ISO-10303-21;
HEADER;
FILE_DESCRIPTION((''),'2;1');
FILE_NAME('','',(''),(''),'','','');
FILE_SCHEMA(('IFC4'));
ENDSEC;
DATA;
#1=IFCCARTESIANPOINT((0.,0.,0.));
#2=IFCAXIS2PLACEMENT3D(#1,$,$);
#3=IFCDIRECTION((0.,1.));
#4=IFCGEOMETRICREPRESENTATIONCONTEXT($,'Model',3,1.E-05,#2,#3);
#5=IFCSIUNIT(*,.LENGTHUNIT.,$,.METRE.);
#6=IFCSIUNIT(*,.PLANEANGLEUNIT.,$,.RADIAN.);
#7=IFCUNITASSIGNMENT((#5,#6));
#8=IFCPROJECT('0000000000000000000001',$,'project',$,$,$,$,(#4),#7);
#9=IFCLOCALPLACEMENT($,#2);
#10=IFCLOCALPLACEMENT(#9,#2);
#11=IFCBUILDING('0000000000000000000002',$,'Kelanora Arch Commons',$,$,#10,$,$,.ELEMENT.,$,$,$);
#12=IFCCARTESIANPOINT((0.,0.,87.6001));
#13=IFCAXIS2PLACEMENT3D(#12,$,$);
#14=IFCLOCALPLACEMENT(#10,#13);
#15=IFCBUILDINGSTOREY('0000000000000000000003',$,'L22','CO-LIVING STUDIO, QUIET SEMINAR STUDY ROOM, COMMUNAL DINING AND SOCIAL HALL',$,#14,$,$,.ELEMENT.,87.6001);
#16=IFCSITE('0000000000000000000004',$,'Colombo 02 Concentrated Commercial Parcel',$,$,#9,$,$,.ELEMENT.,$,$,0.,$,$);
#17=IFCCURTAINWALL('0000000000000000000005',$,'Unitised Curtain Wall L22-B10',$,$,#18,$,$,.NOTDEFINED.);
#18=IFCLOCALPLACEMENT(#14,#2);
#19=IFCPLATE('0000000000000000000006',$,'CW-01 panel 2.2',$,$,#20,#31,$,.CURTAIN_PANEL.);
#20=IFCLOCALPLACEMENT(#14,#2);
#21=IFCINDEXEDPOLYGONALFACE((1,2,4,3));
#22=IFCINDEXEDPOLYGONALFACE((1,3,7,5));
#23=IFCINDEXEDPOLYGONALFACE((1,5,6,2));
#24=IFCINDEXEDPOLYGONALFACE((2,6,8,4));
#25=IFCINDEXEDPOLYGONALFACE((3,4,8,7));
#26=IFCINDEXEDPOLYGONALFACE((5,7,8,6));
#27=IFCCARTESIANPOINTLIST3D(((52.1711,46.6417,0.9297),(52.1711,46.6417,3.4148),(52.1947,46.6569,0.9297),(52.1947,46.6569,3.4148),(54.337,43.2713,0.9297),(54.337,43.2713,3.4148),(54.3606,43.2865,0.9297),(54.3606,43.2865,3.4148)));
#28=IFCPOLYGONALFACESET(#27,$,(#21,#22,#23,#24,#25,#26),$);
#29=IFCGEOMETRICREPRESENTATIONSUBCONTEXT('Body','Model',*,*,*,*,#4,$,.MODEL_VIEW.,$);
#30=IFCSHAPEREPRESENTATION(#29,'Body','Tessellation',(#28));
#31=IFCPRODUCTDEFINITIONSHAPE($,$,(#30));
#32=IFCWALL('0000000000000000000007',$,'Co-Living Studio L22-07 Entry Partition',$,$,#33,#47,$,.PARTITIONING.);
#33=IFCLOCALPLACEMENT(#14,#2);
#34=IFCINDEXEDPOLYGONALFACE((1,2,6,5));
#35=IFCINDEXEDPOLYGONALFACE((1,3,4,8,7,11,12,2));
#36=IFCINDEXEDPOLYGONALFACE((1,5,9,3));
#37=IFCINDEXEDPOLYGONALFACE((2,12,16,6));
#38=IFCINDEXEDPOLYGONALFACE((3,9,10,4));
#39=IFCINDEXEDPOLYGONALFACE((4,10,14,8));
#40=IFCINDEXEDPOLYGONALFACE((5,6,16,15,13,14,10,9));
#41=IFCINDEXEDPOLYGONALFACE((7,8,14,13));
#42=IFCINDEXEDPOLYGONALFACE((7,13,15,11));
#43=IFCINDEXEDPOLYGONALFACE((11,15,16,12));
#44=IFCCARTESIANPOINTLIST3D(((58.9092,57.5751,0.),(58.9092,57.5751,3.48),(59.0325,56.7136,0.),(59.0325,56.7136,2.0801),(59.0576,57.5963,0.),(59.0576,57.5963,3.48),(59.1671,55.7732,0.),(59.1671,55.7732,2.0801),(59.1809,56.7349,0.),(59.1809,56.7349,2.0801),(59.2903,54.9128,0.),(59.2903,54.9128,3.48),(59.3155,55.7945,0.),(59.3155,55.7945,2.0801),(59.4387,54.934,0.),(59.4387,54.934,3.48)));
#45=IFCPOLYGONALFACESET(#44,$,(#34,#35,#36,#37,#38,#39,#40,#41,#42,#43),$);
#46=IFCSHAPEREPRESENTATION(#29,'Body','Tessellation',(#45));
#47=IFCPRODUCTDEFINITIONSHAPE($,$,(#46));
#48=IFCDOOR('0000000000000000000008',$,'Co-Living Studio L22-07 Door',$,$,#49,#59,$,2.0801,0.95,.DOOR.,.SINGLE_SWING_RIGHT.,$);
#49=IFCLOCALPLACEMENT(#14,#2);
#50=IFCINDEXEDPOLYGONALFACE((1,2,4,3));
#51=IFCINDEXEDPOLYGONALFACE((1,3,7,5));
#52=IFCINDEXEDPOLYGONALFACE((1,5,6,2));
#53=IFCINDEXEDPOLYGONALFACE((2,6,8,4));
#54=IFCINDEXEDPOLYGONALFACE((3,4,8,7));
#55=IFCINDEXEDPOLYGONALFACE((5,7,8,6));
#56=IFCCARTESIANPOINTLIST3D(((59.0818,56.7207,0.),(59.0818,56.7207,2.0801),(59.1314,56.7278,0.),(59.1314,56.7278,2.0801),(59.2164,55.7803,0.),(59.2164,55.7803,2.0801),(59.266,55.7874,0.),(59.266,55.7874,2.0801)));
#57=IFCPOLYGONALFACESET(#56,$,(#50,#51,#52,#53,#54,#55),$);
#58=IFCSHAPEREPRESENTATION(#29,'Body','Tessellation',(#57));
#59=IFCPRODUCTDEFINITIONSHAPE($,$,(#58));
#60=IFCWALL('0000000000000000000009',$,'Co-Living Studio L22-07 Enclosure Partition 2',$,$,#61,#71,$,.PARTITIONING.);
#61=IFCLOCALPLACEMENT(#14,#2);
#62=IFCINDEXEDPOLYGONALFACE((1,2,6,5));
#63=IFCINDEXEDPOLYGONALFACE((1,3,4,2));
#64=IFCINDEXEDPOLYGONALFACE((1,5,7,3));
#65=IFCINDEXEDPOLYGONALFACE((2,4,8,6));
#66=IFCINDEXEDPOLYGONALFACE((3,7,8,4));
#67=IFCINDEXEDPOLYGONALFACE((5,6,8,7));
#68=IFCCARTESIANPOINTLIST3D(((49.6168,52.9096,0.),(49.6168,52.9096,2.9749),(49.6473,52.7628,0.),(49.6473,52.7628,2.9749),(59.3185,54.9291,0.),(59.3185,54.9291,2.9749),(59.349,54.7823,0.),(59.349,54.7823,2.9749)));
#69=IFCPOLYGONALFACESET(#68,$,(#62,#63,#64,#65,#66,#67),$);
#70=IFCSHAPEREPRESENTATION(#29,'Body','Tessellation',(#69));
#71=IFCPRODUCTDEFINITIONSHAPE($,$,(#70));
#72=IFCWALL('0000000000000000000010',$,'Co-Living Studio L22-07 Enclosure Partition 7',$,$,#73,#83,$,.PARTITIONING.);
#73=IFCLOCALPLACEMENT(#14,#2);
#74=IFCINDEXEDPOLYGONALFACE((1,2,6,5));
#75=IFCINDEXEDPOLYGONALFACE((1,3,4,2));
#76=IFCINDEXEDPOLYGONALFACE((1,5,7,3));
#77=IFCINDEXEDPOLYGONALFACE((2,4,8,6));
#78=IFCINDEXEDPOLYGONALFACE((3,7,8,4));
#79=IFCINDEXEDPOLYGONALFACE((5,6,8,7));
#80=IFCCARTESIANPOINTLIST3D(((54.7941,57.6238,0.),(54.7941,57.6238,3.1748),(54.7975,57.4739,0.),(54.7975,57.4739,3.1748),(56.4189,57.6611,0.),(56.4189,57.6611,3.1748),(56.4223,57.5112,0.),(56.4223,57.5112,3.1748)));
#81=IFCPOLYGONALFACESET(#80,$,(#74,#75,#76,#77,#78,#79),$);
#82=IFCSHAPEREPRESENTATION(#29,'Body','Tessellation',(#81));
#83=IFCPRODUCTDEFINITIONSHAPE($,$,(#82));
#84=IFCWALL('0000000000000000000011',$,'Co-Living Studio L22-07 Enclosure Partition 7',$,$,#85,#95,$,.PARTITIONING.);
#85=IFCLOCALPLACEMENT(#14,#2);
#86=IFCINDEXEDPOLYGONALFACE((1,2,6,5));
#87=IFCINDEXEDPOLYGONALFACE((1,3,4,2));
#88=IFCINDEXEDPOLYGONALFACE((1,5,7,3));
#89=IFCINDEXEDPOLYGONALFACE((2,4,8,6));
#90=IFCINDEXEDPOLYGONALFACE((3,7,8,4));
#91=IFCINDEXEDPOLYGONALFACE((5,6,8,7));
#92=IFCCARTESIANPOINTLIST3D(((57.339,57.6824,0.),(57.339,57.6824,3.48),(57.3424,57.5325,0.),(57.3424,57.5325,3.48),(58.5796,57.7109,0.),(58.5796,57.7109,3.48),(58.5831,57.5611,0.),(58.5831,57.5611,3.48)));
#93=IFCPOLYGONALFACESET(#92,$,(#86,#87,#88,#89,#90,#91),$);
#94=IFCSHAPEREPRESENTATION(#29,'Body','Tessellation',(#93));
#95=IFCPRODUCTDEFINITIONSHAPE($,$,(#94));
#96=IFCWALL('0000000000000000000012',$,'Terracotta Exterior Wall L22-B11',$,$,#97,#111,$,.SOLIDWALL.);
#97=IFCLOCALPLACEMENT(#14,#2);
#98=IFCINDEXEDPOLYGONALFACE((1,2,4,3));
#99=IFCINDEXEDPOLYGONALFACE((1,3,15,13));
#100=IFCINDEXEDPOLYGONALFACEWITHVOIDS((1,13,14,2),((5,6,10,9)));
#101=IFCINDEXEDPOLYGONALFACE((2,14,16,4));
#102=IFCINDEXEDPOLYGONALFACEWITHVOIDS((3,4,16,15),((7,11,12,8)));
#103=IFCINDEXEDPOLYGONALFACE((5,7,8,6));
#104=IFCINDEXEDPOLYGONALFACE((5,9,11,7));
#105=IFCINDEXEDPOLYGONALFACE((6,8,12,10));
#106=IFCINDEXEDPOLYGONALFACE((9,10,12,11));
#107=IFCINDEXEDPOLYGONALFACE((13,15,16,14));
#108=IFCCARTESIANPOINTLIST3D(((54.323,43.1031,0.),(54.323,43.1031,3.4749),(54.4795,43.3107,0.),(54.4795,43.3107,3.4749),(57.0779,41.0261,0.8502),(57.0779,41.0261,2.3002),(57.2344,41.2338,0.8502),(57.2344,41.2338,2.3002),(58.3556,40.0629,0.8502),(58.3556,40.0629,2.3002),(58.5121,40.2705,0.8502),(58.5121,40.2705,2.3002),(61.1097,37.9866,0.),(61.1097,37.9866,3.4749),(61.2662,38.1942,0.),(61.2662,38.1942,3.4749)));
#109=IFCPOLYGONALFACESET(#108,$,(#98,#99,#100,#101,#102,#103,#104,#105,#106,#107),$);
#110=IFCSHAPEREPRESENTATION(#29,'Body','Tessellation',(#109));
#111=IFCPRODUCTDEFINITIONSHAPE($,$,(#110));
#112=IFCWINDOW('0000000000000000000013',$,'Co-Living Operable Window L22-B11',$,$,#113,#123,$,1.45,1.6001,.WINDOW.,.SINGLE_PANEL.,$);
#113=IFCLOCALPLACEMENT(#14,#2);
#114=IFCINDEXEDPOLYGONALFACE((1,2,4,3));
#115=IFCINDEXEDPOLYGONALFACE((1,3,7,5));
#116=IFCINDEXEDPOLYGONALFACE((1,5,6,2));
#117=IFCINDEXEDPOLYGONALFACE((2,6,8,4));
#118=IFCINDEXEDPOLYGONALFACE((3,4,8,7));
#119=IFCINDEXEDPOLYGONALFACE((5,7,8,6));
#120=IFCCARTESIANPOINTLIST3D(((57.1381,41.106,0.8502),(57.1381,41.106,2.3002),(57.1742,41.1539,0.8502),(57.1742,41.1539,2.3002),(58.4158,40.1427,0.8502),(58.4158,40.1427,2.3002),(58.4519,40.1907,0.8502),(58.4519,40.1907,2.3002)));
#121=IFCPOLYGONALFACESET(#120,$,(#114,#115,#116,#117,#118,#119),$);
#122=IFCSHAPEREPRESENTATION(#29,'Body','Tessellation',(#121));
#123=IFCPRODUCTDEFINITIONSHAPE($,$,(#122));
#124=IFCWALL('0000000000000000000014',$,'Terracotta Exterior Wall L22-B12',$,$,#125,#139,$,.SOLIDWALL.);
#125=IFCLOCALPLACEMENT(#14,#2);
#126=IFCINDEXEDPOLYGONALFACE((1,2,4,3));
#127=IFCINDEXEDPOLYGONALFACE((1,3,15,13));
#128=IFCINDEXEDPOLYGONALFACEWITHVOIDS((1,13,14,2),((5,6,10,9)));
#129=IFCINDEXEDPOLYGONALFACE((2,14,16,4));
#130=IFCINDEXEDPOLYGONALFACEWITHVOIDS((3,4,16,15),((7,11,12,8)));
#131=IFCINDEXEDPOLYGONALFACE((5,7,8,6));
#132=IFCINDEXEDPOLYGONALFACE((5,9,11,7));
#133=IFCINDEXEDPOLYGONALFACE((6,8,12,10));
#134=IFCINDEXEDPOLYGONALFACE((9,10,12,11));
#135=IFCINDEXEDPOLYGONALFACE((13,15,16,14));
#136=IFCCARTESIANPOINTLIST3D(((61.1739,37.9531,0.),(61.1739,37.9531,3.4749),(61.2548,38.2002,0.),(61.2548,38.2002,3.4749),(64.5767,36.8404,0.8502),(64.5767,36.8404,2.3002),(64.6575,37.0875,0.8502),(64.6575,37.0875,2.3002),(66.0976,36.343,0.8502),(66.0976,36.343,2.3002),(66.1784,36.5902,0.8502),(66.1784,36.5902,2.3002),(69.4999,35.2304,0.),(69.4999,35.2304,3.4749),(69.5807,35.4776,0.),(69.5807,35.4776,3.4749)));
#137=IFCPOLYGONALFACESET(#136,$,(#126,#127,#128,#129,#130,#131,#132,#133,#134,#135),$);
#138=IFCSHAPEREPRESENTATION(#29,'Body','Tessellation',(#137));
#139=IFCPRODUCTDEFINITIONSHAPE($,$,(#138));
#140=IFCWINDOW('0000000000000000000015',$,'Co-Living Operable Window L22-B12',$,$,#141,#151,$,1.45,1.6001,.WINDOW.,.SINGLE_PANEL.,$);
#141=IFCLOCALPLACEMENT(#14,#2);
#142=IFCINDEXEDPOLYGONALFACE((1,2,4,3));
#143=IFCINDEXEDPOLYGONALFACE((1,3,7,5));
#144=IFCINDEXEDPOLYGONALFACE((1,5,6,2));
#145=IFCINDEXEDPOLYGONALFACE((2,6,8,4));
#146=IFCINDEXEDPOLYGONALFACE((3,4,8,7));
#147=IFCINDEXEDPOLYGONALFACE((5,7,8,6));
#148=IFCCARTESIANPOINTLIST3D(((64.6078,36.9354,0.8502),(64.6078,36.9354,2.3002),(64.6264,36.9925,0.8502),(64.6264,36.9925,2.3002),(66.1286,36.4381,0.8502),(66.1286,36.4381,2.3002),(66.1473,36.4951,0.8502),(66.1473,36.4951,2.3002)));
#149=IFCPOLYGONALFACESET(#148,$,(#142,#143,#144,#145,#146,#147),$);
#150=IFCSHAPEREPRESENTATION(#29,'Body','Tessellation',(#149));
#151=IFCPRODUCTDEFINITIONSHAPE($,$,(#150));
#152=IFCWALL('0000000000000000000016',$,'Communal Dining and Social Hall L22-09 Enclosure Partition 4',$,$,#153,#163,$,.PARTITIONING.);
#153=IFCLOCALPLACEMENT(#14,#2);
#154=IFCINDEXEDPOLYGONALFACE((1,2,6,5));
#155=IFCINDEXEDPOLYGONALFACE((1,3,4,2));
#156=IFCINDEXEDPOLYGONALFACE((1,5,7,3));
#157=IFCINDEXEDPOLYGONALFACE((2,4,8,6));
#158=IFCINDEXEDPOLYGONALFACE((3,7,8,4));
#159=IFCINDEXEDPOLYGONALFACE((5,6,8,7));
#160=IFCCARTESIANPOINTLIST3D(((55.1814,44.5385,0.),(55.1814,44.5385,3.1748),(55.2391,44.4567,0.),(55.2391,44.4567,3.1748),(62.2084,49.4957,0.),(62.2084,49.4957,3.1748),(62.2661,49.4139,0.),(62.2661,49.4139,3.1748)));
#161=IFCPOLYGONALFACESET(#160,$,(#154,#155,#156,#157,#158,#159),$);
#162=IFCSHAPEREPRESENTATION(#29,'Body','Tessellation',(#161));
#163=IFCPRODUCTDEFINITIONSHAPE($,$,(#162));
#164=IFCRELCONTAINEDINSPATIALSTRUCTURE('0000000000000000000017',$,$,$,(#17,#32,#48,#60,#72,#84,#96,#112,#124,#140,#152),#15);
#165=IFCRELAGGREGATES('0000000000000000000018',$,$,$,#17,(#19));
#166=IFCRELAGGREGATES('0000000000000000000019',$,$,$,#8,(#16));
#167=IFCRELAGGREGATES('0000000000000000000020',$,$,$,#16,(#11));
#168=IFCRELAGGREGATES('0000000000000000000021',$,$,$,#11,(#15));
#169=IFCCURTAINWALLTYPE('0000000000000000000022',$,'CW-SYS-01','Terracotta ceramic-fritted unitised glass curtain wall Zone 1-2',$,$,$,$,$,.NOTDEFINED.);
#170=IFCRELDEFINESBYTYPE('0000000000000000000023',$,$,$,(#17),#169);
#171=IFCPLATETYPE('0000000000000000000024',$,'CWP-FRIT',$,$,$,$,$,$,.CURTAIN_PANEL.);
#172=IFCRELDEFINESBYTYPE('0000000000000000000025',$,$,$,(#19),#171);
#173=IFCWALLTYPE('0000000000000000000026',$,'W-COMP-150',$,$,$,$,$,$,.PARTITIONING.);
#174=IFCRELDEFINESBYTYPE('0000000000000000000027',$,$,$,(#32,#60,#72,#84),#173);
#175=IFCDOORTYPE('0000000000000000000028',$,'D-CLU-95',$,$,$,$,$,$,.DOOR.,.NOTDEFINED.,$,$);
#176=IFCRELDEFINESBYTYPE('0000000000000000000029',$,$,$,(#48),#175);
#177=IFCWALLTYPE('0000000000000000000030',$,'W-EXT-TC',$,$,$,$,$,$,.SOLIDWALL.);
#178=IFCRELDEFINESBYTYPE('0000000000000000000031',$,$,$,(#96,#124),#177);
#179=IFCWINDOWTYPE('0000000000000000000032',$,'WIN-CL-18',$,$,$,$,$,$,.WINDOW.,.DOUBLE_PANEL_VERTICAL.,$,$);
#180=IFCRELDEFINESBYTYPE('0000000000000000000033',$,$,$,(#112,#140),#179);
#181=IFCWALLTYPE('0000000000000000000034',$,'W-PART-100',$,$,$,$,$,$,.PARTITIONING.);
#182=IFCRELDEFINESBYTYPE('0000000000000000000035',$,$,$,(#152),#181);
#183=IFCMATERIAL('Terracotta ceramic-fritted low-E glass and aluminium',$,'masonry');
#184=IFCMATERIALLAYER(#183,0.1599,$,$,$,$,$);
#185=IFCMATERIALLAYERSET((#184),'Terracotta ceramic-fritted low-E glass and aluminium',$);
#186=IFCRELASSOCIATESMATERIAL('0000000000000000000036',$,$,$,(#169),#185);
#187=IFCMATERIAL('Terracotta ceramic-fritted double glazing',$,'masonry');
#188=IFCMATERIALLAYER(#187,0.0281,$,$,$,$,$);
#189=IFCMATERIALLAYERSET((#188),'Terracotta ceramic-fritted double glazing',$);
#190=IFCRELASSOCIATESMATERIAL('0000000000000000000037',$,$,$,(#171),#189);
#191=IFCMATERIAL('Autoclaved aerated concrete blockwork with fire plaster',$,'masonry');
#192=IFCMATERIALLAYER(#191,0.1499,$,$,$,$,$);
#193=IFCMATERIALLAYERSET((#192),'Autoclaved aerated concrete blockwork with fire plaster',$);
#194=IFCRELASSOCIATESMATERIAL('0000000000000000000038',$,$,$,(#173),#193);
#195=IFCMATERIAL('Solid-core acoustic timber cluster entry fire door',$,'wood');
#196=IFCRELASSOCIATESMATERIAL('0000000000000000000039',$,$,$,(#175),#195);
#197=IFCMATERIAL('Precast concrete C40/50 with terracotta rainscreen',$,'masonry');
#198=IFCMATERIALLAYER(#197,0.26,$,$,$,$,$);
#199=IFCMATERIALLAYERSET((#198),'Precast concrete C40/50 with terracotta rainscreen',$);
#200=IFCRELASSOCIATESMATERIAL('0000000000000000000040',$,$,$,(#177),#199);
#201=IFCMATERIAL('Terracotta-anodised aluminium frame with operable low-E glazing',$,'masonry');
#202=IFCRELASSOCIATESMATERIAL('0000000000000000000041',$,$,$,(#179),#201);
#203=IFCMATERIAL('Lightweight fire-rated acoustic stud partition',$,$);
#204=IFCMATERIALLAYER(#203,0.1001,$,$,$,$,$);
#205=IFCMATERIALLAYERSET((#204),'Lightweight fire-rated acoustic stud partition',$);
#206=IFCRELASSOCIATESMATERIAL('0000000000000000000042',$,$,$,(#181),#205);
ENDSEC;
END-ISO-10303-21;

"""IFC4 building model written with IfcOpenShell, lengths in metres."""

from ifc_helpers import new_model, si_unit, direction, frame, frame_2d, origin, origin_2d, place, context, subcontext, project, spatial, rectangle, extrude, source, transform, mapped, material, layer, layer_set, type_object, element, fill, aggregate, save


model = new_model("IFC4")

# Units and contexts
model_context = context("Model", 3, precision=1e-05, world=origin(), true_north=direction((0.0, 1.0)))
body_context = subcontext(model_context, "Body", "Model", "MODEL_VIEW")
ifc_project = project(units=[si_unit("LENGTHUNIT", "METRE"), si_unit("PLANEANGLEUNIT", "RADIAN")], contexts=[model_context])

# Site, building, storey
site_placement = place(None, origin())
site = spatial("IfcSite", under=ifc_project, at=site_placement, Name="Colombo 02 Concentrated Commercial Parcel", CompositionType="ELEMENT", RefElevation=0.0)
building_placement = place(site_placement, origin())
building = spatial("IfcBuilding", under=site, at=building_placement, Name="Kelanora Arch Commons", CompositionType="ELEMENT")
storey_placement = place(building_placement, frame((0.0, 0.0, 87.6001)))
storey = spatial("IfcBuildingStorey", under=building, at=storey_placement, Name="L22", Description="CO-LIVING STUDIO, QUIET SEMINAR STUDY ROOM, COMMUNAL DINING AND SOCIAL HALL", CompositionType="ELEMENT", Elevation=87.6001)

# Curtain wall, plate
ifc_material_1 = material(Name="Terracotta ceramic-fritted low-E glass and aluminium", Category="masonry")
ifc_layer_1 = layer(ifc_material_1, 0.1599)
ifc_layer_set_1 = layer_set([ifc_layer_1], Name="Terracotta ceramic-fritted low-E glass and aluminium")
curtain_wall_type = type_object("IfcCurtainWallType", Name="CW-SYS-01", Description="Terracotta ceramic-fritted unitised glass curtain wall Zone 1-2", PredefinedType="NOTDEFINED", material=ifc_layer_set_1)
curtain_wall_placement = place(storey_placement, origin())
curtain_wall = element("IfcCurtainWall", 1, at=curtain_wall_placement, inside=storey, type_object=curtain_wall_type, Name="Unitised Curtain Wall L22-B10", PredefinedType="NOTDEFINED")
ifc_material_2 = material(Name="Terracotta ceramic-fritted double glazing", Category="masonry")
ifc_layer_2 = layer(ifc_material_2, 0.0281)
ifc_layer_set_2 = layer_set([ifc_layer_2], Name="Terracotta ceramic-fritted double glazing")
plate_type = type_object("IfcPlateType", Name="CWP-FRIT", PredefinedType="CURTAIN_PANEL", material=ifc_layer_set_2)
shared_shape_1 = source(origin(), body_context, "Body", "SweptSolid", [
    extrude(rectangle(XDim=4.0063, YDim=0.0281, at=origin_2d()), origin(), (0.0, 0.0, 1.0), 2.4851),
])
plate_1_placement = place(storey_placement, frame((53.2659, 44.9641, 0.9297), z_axis=(0.0, 0.0, 1.0), x_axis=(0.540617, -0.841269, 0.0)))
plate_1 = element("IfcPlate", 2, at=plate_1_placement, type_object=plate_type, Name="CW-01 panel 2.2", PredefinedType="CURTAIN_PANEL", context=body_context, shape_type="MappedRepresentation", body=[
    mapped(shared_shape_1, transform((0.0, 0.0, 0.0), scale=1.0)),
])
aggregate(curtain_wall, [plate_1])

# Wall, opening, door
ifc_material_3 = material(Name="Autoclaved aerated concrete blockwork with fire plaster", Category="masonry")
ifc_layer_3 = layer(ifc_material_3, 0.1499)
ifc_layer_set_3 = layer_set([ifc_layer_3], Name="Autoclaved aerated concrete blockwork with fire plaster")
wall_type_1 = type_object("IfcWallType", Name="W-COMP-150", PredefinedType="PARTITIONING", material=ifc_layer_set_3)
wall_1_placement = place(storey_placement, frame((58.9834, 57.5857, 0.0), z_axis=(0.0, 0.0, 1.0), x_axis=(0.141701, -0.98991, 0.0)))
wall_1 = element("IfcWall", 3, at=wall_1_placement, inside=storey, type_object=wall_type_1, Name="Co-Living Studio L22-07 Entry Partition", PredefinedType="PARTITIONING", context=body_context, shape_type="SweptSolid", body=[
    extrude(rectangle(XDim=2.6895, YDim=0.1499, at=frame_2d((1.3447, 0.0))), origin(), (0.0, 0.0, 1.0), 3.48),
])
opening_1_placement = place(wall_1_placement, frame((0.8701, 0.0, 0.0)))
opening_1 = element("IfcOpeningElement", 4, at=opening_1_placement, cuts=wall_1, PredefinedType="OPENING", context=body_context, shape_type="SweptSolid", body=[
    extrude(rectangle(XDim=0.95, YDim=2.0801, at=frame_2d((0.4751, 1.04))), frame((0.0, 0.085, 0.0), z_axis=(0.0, -1.0, 0.0), x_axis=(1.0, 0.0, 0.0)), (0.0, 0.0, 1.0), 0.1699),
])
ifc_material_4 = material(Name="Solid-core acoustic timber cluster entry fire door", Category="wood")
door_type_1 = type_object("IfcDoorType", Name="D-CLU-95", OperationType="NOTDEFINED", PredefinedType="DOOR", material=ifc_material_4)
door_1_placement = place(opening_1_placement, origin())
door_1 = element("IfcDoor", 5, at=door_1_placement, inside=storey, type_object=door_type_1, Name="Co-Living Studio L22-07 Door", OperationType="SINGLE_SWING_RIGHT", OverallHeight=2.0801, OverallWidth=0.95, PredefinedType="DOOR", context=body_context, shape_type="SweptSolid", body=[
    extrude(rectangle(XDim=0.95, YDim=2.0801, at=frame_2d((0.4751, 1.04))), frame((0.0, 0.0249, 0.0), z_axis=(0.0, -1.0, 0.0), x_axis=(1.0, 0.0, 0.0)), (0.0, 0.0, 1.0), 0.05),
])
fill(opening_1, door_1)

# Walls
wall_2_placement = place(storey_placement, frame((59.3337, 54.8557, 0.0), z_axis=(0.0, 0.0, 1.0), x_axis=(-0.979014, -0.203795, 0.0)))
element("IfcWall", 6, at=wall_2_placement, inside=storey, type_object=wall_type_1, Name="Co-Living Studio L22-07 Enclosure Partition 2", PredefinedType="PARTITIONING", context=body_context, shape_type="SweptSolid", body=[
    extrude(rectangle(XDim=9.9097, YDim=0.1499, at=frame_2d((4.9548, 0.0))), origin(), (0.0, 0.0, 1.0), 2.9749),
])
wall_3_placement = place(storey_placement, frame((54.7959, 57.5488, 0.0), z_axis=(0.0, 0.0, 1.0), x_axis=(0.999736, 0.022984, 0.0)))
element("IfcWall", 7, at=wall_3_placement, inside=storey, type_object=wall_type_1, Name="Co-Living Studio L22-07 Enclosure Partition 7", PredefinedType="PARTITIONING", context=body_context, shape_type="SweptSolid", body=[
    extrude(rectangle(XDim=1.6252, YDim=0.1499, at=frame_2d((0.8125, 0.0))), origin(), (0.0, 0.0, 1.0), 3.1748),
])
wall_4_placement = place(storey_placement, frame((57.3406, 57.6074, 0.0), z_axis=(0.0, 0.0, 1.0), x_axis=(0.999735, 0.023016, 0.0)))
element("IfcWall", 8, at=wall_4_placement, inside=storey, type_object=wall_type_1, Name="Co-Living Studio L22-07 Enclosure Partition 7", PredefinedType="PARTITIONING", context=body_context, shape_type="SweptSolid", body=[
    extrude(rectangle(XDim=1.241, YDim=0.1499, at=frame_2d((0.6206, 0.0))), origin(), (0.0, 0.0, 1.0), 3.48),
])

# Walls, openings, windows
ifc_material_5 = material(Name="Precast concrete C40/50 with terracotta rainscreen", Category="masonry")
ifc_layer_4 = layer(ifc_material_5, 0.26)
ifc_layer_set_4 = layer_set([ifc_layer_4], Name="Precast concrete C40/50 with terracotta rainscreen")
wall_type_2 = type_object("IfcWallType", Name="W-EXT-TC", PredefinedType="SOLIDWALL", material=ifc_layer_set_4)
wall_5_placement = place(storey_placement, frame((54.4014, 43.2068, 0.0), z_axis=(0.0, 0.0, 1.0), x_axis=(0.798502, -0.601993, 0.0)))
wall_5 = element("IfcWall", 9, at=wall_5_placement, inside=storey, type_object=wall_type_2, Name="Terracotta Exterior Wall L22-B11", PredefinedType="SOLIDWALL", context=body_context, shape_type="SweptSolid", body=[
    extrude(rectangle(XDim=8.4993, YDim=0.26, at=frame_2d((4.2495, 0.0))), origin(), (0.0, 0.0, 1.0), 3.4749),
])
opening_2_placement = place(wall_5_placement, frame((3.45, 0.0, 0.8501)))
opening_2 = element("IfcOpeningElement", 10, at=opening_2_placement, cuts=wall_5, PredefinedType="OPENING", context=body_context, shape_type="SweptSolid", body=[
    extrude(rectangle(XDim=1.6001, YDim=1.45, at=frame_2d((0.8, 0.7251))), frame((0.0, 0.1401, 0.0), z_axis=(0.0, -1.0, 0.0), x_axis=(1.0, 0.0, 0.0)), (0.0, 0.0, 1.0), 0.28),
])
ifc_material_6 = material(Name="Terracotta-anodised aluminium frame with operable low-E glazing", Category="masonry")
window_type = type_object("IfcWindowType", Name="WIN-CL-18", PartitioningType="DOUBLE_PANEL_VERTICAL", PredefinedType="WINDOW", material=ifc_material_6)
window_1_placement = place(opening_2_placement, origin())
window_1 = element("IfcWindow", 11, at=window_1_placement, inside=storey, type_object=window_type, Name="Co-Living Operable Window L22-B11", OverallHeight=1.45, OverallWidth=1.6001, PartitioningType="SINGLE_PANEL", PredefinedType="WINDOW", context=body_context, shape_type="SweptSolid", body=[
    extrude(rectangle(XDim=1.6001, YDim=1.45, at=frame_2d((0.8, 0.7251))), frame((0.0, 0.03, 0.0), z_axis=(0.0, -1.0, 0.0), x_axis=(1.0, 0.0, 0.0)), (0.0, 0.0, 1.0), 0.0601),
])
fill(opening_2, window_1)
wall_6_placement = place(storey_placement, frame((61.2144, 38.0767, 0.0), z_axis=(0.0, 0.0, 1.0), x_axis=(0.950471, -0.310813, 0.0)))
wall_6 = element("IfcWall", 12, at=wall_6_placement, inside=storey, type_object=wall_type_2, Name="Terracotta Exterior Wall L22-B12", PredefinedType="SOLIDWALL", context=body_context, shape_type="SweptSolid", body=[
    extrude(rectangle(XDim=8.7598, YDim=0.26, at=frame_2d((4.3799, 0.0))), origin(), (0.0, 0.0, 1.0), 3.4749),
])
opening_3_placement = place(wall_6_placement, frame((3.5801, 0.0, 0.8501)))
opening_3 = element("IfcOpeningElement", 13, at=opening_3_placement, cuts=wall_6, PredefinedType="OPENING", context=body_context, shape_type="SweptSolid", body=[
    extrude(rectangle(XDim=1.6001, YDim=1.45, at=frame_2d((0.8, 0.7251))), frame((0.0, 0.1401, 0.0), z_axis=(0.0, -1.0, 0.0), x_axis=(1.0, 0.0, 0.0)), (0.0, 0.0, 1.0), 0.28),
])
window_2_placement = place(opening_3_placement, origin())
window_2 = element("IfcWindow", 14, at=window_2_placement, inside=storey, type_object=window_type, Name="Co-Living Operable Window L22-B12", OverallHeight=1.45, OverallWidth=1.6001, PartitioningType="SINGLE_PANEL", PredefinedType="WINDOW", context=body_context, shape_type="SweptSolid", body=[
    extrude(rectangle(XDim=1.6001, YDim=1.45, at=frame_2d((0.8, 0.7251))), frame((0.0, 0.03, 0.0), z_axis=(0.0, -1.0, 0.0), x_axis=(1.0, 0.0, 0.0)), (0.0, 0.0, 1.0), 0.0601),
])
fill(opening_3, window_2)

# Wall
ifc_material_7 = material(Name="Lightweight fire-rated acoustic stud partition")
ifc_layer_5 = layer(ifc_material_7, 0.1001)
ifc_layer_set_5 = layer_set([ifc_layer_5], Name="Lightweight fire-rated acoustic stud partition")
wall_type_3 = type_object("IfcWallType", Name="W-PART-100", PredefinedType="PARTITIONING", material=ifc_layer_set_5)
wall_7_placement = place(storey_placement, frame((55.2102, 44.4976, 0.0), z_axis=(0.0, 0.0, 1.0), x_axis=(0.817134, 0.576448, 0.0)))
element("IfcWall", 15, at=wall_7_placement, inside=storey, type_object=wall_type_3, Name="Communal Dining and Social Hall L22-09 Enclosure Partition 4", PredefinedType="PARTITIONING", context=body_context, shape_type="SweptSolid", body=[
    extrude(rectangle(XDim=8.5996, YDim=0.1001, at=frame_2d((4.2998, 0.0))), origin(), (0.0, 0.0, 1.0), 3.1748),
])

save(model, "model.ifc")
